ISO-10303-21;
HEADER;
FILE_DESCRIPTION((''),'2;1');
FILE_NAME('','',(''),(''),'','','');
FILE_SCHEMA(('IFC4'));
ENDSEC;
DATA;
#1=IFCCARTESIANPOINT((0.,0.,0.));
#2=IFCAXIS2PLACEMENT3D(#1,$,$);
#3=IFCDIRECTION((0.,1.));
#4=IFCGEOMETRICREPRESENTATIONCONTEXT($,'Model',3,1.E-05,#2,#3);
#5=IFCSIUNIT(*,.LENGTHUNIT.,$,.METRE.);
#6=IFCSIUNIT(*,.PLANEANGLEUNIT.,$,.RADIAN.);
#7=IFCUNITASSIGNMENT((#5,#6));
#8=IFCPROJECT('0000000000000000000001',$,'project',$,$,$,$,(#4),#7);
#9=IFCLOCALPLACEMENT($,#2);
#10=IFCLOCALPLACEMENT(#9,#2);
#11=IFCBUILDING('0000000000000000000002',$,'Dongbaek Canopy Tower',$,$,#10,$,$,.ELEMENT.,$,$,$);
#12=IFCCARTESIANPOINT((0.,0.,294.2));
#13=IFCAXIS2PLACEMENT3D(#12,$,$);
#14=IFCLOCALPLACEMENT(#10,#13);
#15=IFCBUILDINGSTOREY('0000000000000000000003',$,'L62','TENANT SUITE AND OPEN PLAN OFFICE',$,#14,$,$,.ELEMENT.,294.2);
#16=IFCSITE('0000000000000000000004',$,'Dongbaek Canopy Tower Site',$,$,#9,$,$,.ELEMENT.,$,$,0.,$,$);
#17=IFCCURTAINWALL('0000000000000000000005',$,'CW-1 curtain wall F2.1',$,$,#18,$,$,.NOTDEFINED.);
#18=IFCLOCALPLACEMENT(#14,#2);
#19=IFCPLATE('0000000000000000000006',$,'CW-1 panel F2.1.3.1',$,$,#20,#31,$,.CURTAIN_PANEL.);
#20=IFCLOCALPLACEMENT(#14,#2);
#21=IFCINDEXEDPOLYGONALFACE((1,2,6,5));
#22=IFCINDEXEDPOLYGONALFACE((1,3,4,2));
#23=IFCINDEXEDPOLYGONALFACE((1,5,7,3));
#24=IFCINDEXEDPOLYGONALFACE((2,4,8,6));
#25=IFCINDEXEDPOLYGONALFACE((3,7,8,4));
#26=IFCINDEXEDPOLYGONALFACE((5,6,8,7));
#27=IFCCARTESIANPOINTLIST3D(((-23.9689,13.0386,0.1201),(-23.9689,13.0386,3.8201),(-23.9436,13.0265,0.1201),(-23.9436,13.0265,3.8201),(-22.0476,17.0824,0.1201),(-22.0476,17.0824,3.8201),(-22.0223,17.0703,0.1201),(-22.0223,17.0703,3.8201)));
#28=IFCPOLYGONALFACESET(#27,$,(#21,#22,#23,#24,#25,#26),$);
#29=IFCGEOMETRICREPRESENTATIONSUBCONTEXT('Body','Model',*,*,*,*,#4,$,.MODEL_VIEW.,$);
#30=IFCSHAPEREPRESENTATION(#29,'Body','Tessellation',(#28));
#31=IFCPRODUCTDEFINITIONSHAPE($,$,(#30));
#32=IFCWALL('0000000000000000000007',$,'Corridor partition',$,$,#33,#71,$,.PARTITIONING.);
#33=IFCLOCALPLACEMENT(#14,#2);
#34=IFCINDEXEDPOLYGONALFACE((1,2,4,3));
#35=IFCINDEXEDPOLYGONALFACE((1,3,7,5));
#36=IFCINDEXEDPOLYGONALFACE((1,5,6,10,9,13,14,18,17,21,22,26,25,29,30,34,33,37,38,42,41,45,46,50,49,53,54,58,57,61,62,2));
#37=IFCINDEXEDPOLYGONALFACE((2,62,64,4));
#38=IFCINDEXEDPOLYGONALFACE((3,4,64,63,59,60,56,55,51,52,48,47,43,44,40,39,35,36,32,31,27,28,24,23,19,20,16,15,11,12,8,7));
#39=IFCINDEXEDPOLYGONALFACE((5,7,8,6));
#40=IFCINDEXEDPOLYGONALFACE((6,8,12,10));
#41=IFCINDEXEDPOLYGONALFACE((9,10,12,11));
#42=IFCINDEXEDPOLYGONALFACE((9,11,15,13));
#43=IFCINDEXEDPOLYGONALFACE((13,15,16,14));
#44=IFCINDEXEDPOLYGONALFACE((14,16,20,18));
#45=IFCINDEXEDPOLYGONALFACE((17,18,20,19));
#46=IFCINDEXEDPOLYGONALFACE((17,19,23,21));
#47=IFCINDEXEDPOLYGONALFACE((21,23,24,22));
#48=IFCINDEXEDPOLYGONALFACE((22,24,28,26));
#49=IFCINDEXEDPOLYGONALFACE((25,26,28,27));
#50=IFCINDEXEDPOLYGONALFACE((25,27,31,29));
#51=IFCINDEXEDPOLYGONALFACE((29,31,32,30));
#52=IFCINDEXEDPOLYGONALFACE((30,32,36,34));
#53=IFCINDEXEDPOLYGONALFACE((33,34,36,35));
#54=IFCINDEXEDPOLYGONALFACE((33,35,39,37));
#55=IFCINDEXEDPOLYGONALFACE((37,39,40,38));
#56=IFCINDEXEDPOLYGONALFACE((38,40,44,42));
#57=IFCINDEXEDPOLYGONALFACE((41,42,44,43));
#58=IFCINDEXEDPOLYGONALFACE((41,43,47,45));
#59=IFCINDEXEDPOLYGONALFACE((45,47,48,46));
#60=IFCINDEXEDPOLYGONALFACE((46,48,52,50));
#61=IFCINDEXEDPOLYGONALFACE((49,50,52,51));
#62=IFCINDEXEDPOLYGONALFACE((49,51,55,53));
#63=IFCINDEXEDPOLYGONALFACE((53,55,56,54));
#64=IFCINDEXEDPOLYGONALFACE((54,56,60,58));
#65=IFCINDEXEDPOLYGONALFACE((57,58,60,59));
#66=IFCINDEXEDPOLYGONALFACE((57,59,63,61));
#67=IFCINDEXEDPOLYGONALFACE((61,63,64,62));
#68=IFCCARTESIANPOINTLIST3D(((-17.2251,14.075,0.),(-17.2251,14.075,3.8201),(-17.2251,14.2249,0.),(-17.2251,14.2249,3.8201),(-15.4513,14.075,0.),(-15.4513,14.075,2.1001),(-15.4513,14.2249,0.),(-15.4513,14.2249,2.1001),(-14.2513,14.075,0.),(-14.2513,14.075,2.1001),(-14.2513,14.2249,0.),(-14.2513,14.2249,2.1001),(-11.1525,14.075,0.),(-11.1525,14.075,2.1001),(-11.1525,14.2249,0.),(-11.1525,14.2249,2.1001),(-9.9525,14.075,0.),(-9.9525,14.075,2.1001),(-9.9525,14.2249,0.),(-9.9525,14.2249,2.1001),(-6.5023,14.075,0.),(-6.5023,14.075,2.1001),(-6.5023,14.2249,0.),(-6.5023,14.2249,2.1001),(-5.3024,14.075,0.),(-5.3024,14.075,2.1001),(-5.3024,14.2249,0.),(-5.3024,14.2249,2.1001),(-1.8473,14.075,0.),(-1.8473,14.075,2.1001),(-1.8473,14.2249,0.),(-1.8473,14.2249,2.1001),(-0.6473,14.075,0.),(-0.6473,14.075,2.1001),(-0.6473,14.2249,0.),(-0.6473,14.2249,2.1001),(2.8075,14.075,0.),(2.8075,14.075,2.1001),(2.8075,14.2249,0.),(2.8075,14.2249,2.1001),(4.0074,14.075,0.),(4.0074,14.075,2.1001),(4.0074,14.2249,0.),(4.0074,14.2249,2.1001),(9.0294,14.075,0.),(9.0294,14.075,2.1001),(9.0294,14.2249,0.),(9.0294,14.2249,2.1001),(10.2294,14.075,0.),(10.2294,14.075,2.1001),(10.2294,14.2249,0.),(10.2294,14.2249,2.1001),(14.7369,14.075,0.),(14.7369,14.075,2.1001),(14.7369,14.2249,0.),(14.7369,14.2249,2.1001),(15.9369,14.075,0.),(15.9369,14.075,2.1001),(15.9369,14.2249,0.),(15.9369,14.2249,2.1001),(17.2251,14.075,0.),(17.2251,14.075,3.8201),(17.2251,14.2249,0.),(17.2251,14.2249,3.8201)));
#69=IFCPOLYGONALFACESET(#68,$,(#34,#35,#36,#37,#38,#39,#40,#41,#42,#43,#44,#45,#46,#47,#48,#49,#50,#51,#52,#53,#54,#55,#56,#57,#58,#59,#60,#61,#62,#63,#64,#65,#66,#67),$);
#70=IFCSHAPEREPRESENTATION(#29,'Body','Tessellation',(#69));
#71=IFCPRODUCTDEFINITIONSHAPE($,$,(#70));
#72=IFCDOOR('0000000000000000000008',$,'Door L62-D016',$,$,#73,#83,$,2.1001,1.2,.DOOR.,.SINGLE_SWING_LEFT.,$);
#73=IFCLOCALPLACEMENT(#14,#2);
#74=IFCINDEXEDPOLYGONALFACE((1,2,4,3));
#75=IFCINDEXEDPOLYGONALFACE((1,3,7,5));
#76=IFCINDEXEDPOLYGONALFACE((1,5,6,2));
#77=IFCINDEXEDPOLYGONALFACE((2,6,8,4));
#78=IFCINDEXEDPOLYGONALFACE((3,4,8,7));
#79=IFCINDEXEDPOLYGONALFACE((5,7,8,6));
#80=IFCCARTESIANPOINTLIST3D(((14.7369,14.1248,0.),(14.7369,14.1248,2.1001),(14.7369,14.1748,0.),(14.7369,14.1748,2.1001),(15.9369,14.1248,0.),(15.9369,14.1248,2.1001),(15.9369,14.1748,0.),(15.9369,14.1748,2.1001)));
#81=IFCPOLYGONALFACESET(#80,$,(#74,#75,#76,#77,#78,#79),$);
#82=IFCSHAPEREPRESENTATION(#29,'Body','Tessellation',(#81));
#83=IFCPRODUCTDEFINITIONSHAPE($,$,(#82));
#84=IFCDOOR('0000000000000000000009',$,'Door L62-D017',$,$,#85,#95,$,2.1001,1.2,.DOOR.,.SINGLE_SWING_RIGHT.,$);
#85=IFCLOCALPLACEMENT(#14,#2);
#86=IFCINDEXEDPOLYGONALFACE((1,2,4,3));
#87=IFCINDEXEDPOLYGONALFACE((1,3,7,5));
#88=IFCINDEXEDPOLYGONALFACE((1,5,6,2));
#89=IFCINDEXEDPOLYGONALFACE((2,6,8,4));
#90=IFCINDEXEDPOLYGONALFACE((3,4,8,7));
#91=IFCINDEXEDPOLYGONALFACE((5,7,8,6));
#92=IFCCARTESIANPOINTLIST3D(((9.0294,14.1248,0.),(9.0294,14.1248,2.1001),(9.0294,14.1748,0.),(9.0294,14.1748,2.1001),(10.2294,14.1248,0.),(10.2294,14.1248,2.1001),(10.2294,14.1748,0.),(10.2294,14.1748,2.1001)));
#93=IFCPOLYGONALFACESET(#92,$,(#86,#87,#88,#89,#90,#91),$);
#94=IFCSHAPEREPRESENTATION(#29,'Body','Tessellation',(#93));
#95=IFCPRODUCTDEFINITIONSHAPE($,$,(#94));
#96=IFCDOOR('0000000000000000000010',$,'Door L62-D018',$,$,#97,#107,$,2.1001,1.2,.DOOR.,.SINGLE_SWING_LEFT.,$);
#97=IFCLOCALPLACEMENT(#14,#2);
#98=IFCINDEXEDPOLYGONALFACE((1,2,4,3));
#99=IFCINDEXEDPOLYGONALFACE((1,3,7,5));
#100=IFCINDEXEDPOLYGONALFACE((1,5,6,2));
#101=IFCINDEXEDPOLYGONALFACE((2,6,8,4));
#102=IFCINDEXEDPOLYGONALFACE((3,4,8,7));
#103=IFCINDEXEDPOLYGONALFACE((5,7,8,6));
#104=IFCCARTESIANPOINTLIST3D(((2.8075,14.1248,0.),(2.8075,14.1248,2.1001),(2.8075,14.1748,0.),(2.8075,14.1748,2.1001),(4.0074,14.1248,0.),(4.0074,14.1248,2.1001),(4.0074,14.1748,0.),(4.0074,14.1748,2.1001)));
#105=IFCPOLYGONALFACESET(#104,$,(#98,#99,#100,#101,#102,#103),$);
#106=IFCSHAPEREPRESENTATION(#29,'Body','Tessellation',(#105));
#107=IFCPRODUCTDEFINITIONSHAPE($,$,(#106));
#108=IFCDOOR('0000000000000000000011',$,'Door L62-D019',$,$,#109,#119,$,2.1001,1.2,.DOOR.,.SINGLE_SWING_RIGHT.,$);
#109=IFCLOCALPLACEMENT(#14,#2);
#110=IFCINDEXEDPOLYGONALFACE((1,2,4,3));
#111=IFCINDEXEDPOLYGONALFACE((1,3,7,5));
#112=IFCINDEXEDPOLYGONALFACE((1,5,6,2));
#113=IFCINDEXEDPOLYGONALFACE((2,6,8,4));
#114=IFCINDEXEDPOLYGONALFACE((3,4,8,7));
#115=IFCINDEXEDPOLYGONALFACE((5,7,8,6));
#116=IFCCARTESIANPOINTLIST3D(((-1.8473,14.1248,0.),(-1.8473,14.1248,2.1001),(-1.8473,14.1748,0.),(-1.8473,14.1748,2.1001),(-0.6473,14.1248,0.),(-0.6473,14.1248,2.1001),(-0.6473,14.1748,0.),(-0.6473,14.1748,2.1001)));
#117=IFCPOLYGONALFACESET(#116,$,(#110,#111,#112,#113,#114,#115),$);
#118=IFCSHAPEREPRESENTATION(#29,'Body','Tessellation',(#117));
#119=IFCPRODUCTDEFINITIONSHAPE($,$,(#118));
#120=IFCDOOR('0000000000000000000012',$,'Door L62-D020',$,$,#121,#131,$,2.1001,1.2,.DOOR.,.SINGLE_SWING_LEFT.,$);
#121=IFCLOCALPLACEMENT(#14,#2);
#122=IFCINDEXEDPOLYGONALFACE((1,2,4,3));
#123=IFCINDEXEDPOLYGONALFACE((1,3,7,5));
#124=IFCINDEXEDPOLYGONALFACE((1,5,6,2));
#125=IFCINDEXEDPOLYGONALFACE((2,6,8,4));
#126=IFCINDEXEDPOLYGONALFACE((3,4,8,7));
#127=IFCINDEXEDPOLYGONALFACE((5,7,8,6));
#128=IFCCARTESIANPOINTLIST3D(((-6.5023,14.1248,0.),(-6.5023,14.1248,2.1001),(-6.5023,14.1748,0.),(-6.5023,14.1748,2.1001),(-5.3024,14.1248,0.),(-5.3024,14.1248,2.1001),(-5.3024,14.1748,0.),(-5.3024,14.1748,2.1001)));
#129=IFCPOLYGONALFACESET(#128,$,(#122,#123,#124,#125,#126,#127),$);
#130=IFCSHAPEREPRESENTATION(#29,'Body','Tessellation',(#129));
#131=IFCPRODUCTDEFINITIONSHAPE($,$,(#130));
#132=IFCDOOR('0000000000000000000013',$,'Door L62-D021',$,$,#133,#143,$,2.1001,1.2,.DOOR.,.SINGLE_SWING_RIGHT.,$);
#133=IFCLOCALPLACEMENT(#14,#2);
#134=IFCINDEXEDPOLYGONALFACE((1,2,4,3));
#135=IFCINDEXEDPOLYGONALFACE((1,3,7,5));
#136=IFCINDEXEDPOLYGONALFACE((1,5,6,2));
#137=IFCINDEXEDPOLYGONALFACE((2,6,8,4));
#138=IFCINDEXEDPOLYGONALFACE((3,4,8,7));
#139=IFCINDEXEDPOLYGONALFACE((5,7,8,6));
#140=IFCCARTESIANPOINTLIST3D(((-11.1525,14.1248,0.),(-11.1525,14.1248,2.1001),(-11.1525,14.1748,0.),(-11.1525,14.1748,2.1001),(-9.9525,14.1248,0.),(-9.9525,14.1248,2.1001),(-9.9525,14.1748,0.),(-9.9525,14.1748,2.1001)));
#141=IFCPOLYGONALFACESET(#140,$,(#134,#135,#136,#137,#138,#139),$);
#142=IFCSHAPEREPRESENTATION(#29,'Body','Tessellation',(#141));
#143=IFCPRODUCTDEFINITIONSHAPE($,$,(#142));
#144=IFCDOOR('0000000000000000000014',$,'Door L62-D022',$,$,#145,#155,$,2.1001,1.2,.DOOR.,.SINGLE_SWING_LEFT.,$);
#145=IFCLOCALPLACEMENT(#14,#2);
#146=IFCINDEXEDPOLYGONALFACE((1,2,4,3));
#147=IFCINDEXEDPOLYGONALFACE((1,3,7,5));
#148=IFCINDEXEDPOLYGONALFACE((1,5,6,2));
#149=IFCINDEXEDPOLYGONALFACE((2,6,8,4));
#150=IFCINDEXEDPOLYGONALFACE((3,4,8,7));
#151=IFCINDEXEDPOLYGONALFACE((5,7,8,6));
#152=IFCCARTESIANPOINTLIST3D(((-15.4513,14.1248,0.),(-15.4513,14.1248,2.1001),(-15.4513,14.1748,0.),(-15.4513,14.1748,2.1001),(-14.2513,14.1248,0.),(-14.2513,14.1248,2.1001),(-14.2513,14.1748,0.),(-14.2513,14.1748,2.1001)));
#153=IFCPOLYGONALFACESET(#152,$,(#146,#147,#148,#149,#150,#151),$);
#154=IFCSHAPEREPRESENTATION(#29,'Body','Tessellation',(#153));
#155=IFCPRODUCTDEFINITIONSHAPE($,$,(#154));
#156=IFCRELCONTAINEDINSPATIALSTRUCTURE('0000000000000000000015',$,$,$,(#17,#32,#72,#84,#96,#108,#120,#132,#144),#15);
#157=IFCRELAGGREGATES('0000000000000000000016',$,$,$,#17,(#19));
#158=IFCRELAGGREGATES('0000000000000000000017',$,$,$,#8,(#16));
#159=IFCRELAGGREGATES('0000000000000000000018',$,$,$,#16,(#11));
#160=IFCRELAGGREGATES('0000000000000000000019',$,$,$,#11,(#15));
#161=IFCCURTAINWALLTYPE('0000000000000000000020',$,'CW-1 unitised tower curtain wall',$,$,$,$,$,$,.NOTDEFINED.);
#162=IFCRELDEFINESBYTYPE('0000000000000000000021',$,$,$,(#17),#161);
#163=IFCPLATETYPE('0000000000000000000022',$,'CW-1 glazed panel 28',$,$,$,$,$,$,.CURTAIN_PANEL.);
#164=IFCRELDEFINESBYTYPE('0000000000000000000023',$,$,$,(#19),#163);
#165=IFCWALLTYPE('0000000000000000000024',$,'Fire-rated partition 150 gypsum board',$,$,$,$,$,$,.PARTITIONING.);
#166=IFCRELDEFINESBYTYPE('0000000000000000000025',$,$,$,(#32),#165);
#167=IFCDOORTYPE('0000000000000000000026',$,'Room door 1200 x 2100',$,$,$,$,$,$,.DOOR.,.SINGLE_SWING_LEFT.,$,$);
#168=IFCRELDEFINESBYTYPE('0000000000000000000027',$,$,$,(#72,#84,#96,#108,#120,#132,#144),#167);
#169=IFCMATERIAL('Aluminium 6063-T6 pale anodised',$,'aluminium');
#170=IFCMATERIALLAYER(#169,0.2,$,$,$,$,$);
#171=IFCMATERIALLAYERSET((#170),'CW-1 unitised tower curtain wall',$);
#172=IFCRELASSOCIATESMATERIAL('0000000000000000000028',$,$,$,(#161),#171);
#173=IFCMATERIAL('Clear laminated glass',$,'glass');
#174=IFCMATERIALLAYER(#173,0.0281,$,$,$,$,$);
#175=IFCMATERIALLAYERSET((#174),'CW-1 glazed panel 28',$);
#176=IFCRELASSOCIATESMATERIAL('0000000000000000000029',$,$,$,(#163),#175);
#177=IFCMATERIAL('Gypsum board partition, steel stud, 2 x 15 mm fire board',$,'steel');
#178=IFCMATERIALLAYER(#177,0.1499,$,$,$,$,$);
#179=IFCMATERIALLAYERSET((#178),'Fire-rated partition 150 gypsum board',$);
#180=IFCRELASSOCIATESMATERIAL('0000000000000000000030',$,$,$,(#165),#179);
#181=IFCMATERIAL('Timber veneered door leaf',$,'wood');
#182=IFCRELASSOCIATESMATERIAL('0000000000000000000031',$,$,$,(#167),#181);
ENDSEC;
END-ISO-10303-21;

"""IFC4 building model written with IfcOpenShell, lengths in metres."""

from ifc_helpers import new_model, si_unit, direction, frame, frame_2d, origin, origin_2d, place, context, subcontext, project, spatial, rectangle, extrude, material, layer, layer_set, type_object, element, fill, aggregate, save


model = new_model("IFC4")

# Units and contexts
model_context = context("Model", 3, precision=1e-05, world=origin(), true_north=direction((0.0, 1.0)))
body_context = subcontext(model_context, "Body", "Model", "MODEL_VIEW")
ifc_project = project(units=[si_unit("LENGTHUNIT", "METRE"), si_unit("PLANEANGLEUNIT", "RADIAN")], contexts=[model_context])

# Site, building, storey
site_placement = place(None, origin())
site = spatial("IfcSite", under=ifc_project, at=site_placement, Name="Dongbaek Canopy Tower Site", CompositionType="ELEMENT", RefElevation=0.0)
building_placement = place(site_placement, origin())
building = spatial("IfcBuilding", under=site, at=building_placement, Name="Dongbaek Canopy Tower", CompositionType="ELEMENT")
storey_placement = place(building_placement, frame((0.0, 0.0, 294.2)))
storey = spatial("IfcBuildingStorey", under=building, at=storey_placement, Name="L62", Description="TENANT SUITE AND OPEN PLAN OFFICE", CompositionType="ELEMENT", Elevation=294.2)

# Curtain wall
ifc_material_1 = material(Name="Aluminium 6063-T6 pale anodised", Category="aluminium")
ifc_layer_1 = layer(ifc_material_1, 0.2)
ifc_layer_set_1 = layer_set([ifc_layer_1], Name="CW-1 unitised tower curtain wall")
curtain_wall_type = type_object("IfcCurtainWallType", Name="CW-1 unitised tower curtain wall", PredefinedType="NOTDEFINED", material=ifc_layer_set_1)
curtain_wall_1_placement = place(storey_placement, origin())
curtain_wall_1 = element("IfcCurtainWall", 1, at=curtain_wall_1_placement, inside=storey, type_object=curtain_wall_type, Name="CW-1 curtain wall F2.1", PredefinedType="NOTDEFINED")

# Plate
ifc_material_2 = material(Name="Clear laminated glass", Category="glass")
ifc_layer_2 = layer(ifc_material_2, 0.0281)
ifc_layer_set_2 = layer_set([ifc_layer_2], Name="CW-1 glazed panel 28")
plate_type = type_object("IfcPlateType", Name="CW-1 glazed panel 28", PredefinedType="CURTAIN_PANEL", material=ifc_layer_set_2)
plate_1_placement = place(storey_placement, frame((-22.9956, 15.0544, 0.1201), z_axis=(0.0, 0.0, 1.0), x_axis=(-0.429143, -0.903236, 0.0)))
plate_1 = element("IfcPlate", 2, at=plate_1_placement, type_object=plate_type, Name="CW-1 panel F2.1.3.1", PredefinedType="CURTAIN_PANEL", context=body_context, shape_type="SweptSolid", body=[
    extrude(rectangle(XDim=4.4771, YDim=0.0281, at=origin_2d()), origin(), (0.0, 0.0, 1.0), 3.7),
])

# Wall, openings, doors
ifc_material_3 = material(Name="Gypsum board partition, steel stud, 2 x 15 mm fire board", Category="steel")
ifc_layer_3 = layer(ifc_material_3, 0.1499)
ifc_layer_set_3 = layer_set([ifc_layer_3], Name="Fire-rated partition 150 gypsum board")
wall_type_1 = type_object("IfcWallType", Name="Fire-rated partition 150 gypsum board", PredefinedType="PARTITIONING", material=ifc_layer_set_3)
wall_1_placement = place(storey_placement, frame((-17.2251, 14.1499, 0.0), z_axis=(0.0, 0.0, 1.0), x_axis=(1.0, 0.0, 0.0)))
wall_1 = element("IfcWall", 3, at=wall_1_placement, inside=storey, type_object=wall_type_1, Name="Corridor partition", PredefinedType="PARTITIONING", context=body_context, shape_type="SweptSolid", body=[
    extrude(rectangle(XDim=34.4502, YDim=0.1499, at=frame_2d((17.2251, 0.0))), origin(), (0.0, 0.0, 1.0), 3.8201),
])
opening_1_placement = place(wall_1_placement, frame((31.9619, 0.0, 0.0)))
opening_1 = element("IfcOpeningElement", 4, at=opening_1_placement, cuts=wall_1, PredefinedType="OPENING", context=body_context, shape_type="SweptSolid", body=[
    extrude(rectangle(XDim=1.2, YDim=2.1001, at=frame_2d((0.6001, 1.05))), frame((0.0, 0.085, 0.0), z_axis=(0.0, -1.0, 0.0), x_axis=(1.0, 0.0, 0.0)), (0.0, 0.0, 1.0), 0.1699),
])
opening_2_placement = place(wall_1_placement, frame((26.2544, 0.0, 0.0)))
opening_2 = element("IfcOpeningElement", 5, at=opening_2_placement, cuts=wall_1, PredefinedType="OPENING", context=body_context, shape_type="SweptSolid", body=[
    extrude(rectangle(XDim=1.2, YDim=2.1001, at=frame_2d((0.6001, 1.05))), frame((0.0, 0.085, 0.0), z_axis=(0.0, -1.0, 0.0), x_axis=(1.0, 0.0, 0.0)), (0.0, 0.0, 1.0), 0.1699),
])
opening_3_placement = place(wall_1_placement, frame((20.0325, 0.0, 0.0)))
opening_3 = element("IfcOpeningElement", 6, at=opening_3_placement, cuts=wall_1, PredefinedType="OPENING", context=body_context, shape_type="SweptSolid", body=[
    extrude(rectangle(XDim=1.2, YDim=2.1001, at=frame_2d((0.6001, 1.05))), frame((0.0, 0.085, 0.0), z_axis=(0.0, -1.0, 0.0), x_axis=(1.0, 0.0, 0.0)), (0.0, 0.0, 1.0), 0.1699),
])
opening_4_placement = place(wall_1_placement, frame((15.3777, 0.0, 0.0)))
opening_4 = element("IfcOpeningElement", 7, at=opening_4_placement, cuts=wall_1, PredefinedType="OPENING", context=body_context, shape_type="SweptSolid", body=[
    extrude(rectangle(XDim=1.2, YDim=2.1001, at=frame_2d((0.6001, 1.05))), frame((0.0, 0.085, 0.0), z_axis=(0.0, -1.0, 0.0), x_axis=(1.0, 0.0, 0.0)), (0.0, 0.0, 1.0), 0.1699),
])
opening_5_placement = place(wall_1_placement, frame((10.7227, 0.0, 0.0)))
opening_5 = element("IfcOpeningElement", 8, at=opening_5_placement, cuts=wall_1, PredefinedType="OPENING", context=body_context, shape_type="SweptSolid", body=[
    extrude(rectangle(XDim=1.2, YDim=2.1001, at=frame_2d((0.6001, 1.05))), frame((0.0, 0.085, 0.0), z_axis=(0.0, -1.0, 0.0), x_axis=(1.0, 0.0, 0.0)), (0.0, 0.0, 1.0), 0.1699),
])
opening_6_placement = place(wall_1_placement, frame((6.0725, 0.0, 0.0)))
opening_6 = element("IfcOpeningElement", 9, at=opening_6_placement, cuts=wall_1, PredefinedType="OPENING", context=body_context, shape_type="SweptSolid", body=[
    extrude(rectangle(XDim=1.2, YDim=2.1001, at=frame_2d((0.6001, 1.05))), frame((0.0, 0.085, 0.0), z_axis=(0.0, -1.0, 0.0), x_axis=(1.0, 0.0, 0.0)), (0.0, 0.0, 1.0), 0.1699),
])
opening_7_placement = place(wall_1_placement, frame((1.7737, 0.0, 0.0)))
opening_7 = element("IfcOpeningElement", 10, at=opening_7_placement, cuts=wall_1, PredefinedType="OPENING", context=body_context, shape_type="SweptSolid", body=[
    extrude(rectangle(XDim=1.2, YDim=2.1001, at=frame_2d((0.6001, 1.05))), frame((0.0, 0.085, 0.0), z_axis=(0.0, -1.0, 0.0), x_axis=(1.0, 0.0, 0.0)), (0.0, 0.0, 1.0), 0.1699),
])
ifc_material_4 = material(Name="Timber veneered door leaf", Category="wood")
door_type = type_object("IfcDoorType", Name="Room door 1200 x 2100", OperationType="SINGLE_SWING_LEFT", PredefinedType="DOOR", material=ifc_material_4)
door_1_placement = place(opening_1_placement, origin())
door_1 = element("IfcDoor", 11, at=door_1_placement, inside=storey, type_object=door_type, Name="Door L62-D016", OperationType="SINGLE_SWING_LEFT", OverallHeight=2.1001, OverallWidth=1.2, PredefinedType="DOOR", context=body_context, shape_type="SweptSolid", body=[
    extrude(rectangle(XDim=1.2, YDim=2.1001, at=frame_2d((0.6001, 1.05))), frame((0.0, 0.0249, 0.0), z_axis=(0.0, -1.0, 0.0), x_axis=(1.0, 0.0, 0.0)), (0.0, 0.0, 1.0), 0.05),
])
fill(opening_1, door_1)
door_2_placement = place(opening_2_placement, origin())
door_2 = element("IfcDoor", 12, at=door_2_placement, inside=storey, type_object=door_type, Name="Door L62-D017", OperationType="SINGLE_SWING_RIGHT", OverallHeight=2.1001, OverallWidth=1.2, PredefinedType="DOOR", context=body_context, shape_type="SweptSolid", body=[
    extrude(rectangle(XDim=1.2, YDim=2.1001, at=frame_2d((0.6001, 1.05))), frame((0.0, 0.0249, 0.0), z_axis=(0.0, -1.0, 0.0), x_axis=(1.0, 0.0, 0.0)), (0.0, 0.0, 1.0), 0.05),
])
fill(opening_2, door_2)
door_3_placement = place(opening_3_placement, origin())
door_3 = element("IfcDoor", 13, at=door_3_placement, inside=storey, type_object=door_type, Name="Door L62-D018", OperationType="SINGLE_SWING_LEFT", OverallHeight=2.1001, OverallWidth=1.2, PredefinedType="DOOR", context=body_context, shape_type="SweptSolid", body=[
    extrude(rectangle(XDim=1.2, YDim=2.1001, at=frame_2d((0.6001, 1.05))), frame((0.0, 0.0249, 0.0), z_axis=(0.0, -1.0, 0.0), x_axis=(1.0, 0.0, 0.0)), (0.0, 0.0, 1.0), 0.05),
])
fill(opening_3, door_3)
door_4_placement = place(opening_4_placement, origin())
door_4 = element("IfcDoor", 14, at=door_4_placement, inside=storey, type_object=door_type, Name="Door L62-D019", OperationType="SINGLE_SWING_RIGHT", OverallHeight=2.1001, OverallWidth=1.2, PredefinedType="DOOR", context=body_context, shape_type="SweptSolid", body=[
    extrude(rectangle(XDim=1.2, YDim=2.1001, at=frame_2d((0.6001, 1.05))), frame((0.0, 0.0249, 0.0), z_axis=(0.0, -1.0, 0.0), x_axis=(1.0, 0.0, 0.0)), (0.0, 0.0, 1.0), 0.05),
])
fill(opening_4, door_4)
door_5_placement = place(opening_5_placement, origin())
door_5 = element("IfcDoor", 15, at=door_5_placement, inside=storey, type_object=door_type, Name="Door L62-D020", OperationType="SINGLE_SWING_LEFT", OverallHeight=2.1001, OverallWidth=1.2, PredefinedType="DOOR", context=body_context, shape_type="SweptSolid", body=[
    extrude(rectangle(XDim=1.2, YDim=2.1001, at=frame_2d((0.6001, 1.05))), frame((0.0, 0.0249, 0.0), z_axis=(0.0, -1.0, 0.0), x_axis=(1.0, 0.0, 0.0)), (0.0, 0.0, 1.0), 0.05),
])
fill(opening_5, door_5)
door_6_placement = place(opening_6_placement, origin())
door_6 = element("IfcDoor", 16, at=door_6_placement, inside=storey, type_object=door_type, Name="Door L62-D021", OperationType="SINGLE_SWING_RIGHT", OverallHeight=2.1001, OverallWidth=1.2, PredefinedType="DOOR", context=body_context, shape_type="SweptSolid", body=[
    extrude(rectangle(XDim=1.2, YDim=2.1001, at=frame_2d((0.6001, 1.05))), frame((0.0, 0.0249, 0.0), z_axis=(0.0, -1.0, 0.0), x_axis=(1.0, 0.0, 0.0)), (0.0, 0.0, 1.0), 0.05),
])
fill(opening_6, door_6)
door_7_placement = place(opening_7_placement, origin())
door_7 = element("IfcDoor", 17, at=door_7_placement, inside=storey, type_object=door_type, Name="Door L62-D022", OperationType="SINGLE_SWING_LEFT", OverallHeight=2.1001, OverallWidth=1.2, PredefinedType="DOOR", context=body_context, shape_type="SweptSolid", body=[
    extrude(rectangle(XDim=1.2, YDim=2.1001, at=frame_2d((0.6001, 1.05))), frame((0.0, 0.0249, 0.0), z_axis=(0.0, -1.0, 0.0), x_axis=(1.0, 0.0, 0.0)), (0.0, 0.0, 1.0), 0.05),
])
fill(opening_7, door_7)

aggregate(curtain_wall_1, [plate_1])

save(model, "model.ifc")
